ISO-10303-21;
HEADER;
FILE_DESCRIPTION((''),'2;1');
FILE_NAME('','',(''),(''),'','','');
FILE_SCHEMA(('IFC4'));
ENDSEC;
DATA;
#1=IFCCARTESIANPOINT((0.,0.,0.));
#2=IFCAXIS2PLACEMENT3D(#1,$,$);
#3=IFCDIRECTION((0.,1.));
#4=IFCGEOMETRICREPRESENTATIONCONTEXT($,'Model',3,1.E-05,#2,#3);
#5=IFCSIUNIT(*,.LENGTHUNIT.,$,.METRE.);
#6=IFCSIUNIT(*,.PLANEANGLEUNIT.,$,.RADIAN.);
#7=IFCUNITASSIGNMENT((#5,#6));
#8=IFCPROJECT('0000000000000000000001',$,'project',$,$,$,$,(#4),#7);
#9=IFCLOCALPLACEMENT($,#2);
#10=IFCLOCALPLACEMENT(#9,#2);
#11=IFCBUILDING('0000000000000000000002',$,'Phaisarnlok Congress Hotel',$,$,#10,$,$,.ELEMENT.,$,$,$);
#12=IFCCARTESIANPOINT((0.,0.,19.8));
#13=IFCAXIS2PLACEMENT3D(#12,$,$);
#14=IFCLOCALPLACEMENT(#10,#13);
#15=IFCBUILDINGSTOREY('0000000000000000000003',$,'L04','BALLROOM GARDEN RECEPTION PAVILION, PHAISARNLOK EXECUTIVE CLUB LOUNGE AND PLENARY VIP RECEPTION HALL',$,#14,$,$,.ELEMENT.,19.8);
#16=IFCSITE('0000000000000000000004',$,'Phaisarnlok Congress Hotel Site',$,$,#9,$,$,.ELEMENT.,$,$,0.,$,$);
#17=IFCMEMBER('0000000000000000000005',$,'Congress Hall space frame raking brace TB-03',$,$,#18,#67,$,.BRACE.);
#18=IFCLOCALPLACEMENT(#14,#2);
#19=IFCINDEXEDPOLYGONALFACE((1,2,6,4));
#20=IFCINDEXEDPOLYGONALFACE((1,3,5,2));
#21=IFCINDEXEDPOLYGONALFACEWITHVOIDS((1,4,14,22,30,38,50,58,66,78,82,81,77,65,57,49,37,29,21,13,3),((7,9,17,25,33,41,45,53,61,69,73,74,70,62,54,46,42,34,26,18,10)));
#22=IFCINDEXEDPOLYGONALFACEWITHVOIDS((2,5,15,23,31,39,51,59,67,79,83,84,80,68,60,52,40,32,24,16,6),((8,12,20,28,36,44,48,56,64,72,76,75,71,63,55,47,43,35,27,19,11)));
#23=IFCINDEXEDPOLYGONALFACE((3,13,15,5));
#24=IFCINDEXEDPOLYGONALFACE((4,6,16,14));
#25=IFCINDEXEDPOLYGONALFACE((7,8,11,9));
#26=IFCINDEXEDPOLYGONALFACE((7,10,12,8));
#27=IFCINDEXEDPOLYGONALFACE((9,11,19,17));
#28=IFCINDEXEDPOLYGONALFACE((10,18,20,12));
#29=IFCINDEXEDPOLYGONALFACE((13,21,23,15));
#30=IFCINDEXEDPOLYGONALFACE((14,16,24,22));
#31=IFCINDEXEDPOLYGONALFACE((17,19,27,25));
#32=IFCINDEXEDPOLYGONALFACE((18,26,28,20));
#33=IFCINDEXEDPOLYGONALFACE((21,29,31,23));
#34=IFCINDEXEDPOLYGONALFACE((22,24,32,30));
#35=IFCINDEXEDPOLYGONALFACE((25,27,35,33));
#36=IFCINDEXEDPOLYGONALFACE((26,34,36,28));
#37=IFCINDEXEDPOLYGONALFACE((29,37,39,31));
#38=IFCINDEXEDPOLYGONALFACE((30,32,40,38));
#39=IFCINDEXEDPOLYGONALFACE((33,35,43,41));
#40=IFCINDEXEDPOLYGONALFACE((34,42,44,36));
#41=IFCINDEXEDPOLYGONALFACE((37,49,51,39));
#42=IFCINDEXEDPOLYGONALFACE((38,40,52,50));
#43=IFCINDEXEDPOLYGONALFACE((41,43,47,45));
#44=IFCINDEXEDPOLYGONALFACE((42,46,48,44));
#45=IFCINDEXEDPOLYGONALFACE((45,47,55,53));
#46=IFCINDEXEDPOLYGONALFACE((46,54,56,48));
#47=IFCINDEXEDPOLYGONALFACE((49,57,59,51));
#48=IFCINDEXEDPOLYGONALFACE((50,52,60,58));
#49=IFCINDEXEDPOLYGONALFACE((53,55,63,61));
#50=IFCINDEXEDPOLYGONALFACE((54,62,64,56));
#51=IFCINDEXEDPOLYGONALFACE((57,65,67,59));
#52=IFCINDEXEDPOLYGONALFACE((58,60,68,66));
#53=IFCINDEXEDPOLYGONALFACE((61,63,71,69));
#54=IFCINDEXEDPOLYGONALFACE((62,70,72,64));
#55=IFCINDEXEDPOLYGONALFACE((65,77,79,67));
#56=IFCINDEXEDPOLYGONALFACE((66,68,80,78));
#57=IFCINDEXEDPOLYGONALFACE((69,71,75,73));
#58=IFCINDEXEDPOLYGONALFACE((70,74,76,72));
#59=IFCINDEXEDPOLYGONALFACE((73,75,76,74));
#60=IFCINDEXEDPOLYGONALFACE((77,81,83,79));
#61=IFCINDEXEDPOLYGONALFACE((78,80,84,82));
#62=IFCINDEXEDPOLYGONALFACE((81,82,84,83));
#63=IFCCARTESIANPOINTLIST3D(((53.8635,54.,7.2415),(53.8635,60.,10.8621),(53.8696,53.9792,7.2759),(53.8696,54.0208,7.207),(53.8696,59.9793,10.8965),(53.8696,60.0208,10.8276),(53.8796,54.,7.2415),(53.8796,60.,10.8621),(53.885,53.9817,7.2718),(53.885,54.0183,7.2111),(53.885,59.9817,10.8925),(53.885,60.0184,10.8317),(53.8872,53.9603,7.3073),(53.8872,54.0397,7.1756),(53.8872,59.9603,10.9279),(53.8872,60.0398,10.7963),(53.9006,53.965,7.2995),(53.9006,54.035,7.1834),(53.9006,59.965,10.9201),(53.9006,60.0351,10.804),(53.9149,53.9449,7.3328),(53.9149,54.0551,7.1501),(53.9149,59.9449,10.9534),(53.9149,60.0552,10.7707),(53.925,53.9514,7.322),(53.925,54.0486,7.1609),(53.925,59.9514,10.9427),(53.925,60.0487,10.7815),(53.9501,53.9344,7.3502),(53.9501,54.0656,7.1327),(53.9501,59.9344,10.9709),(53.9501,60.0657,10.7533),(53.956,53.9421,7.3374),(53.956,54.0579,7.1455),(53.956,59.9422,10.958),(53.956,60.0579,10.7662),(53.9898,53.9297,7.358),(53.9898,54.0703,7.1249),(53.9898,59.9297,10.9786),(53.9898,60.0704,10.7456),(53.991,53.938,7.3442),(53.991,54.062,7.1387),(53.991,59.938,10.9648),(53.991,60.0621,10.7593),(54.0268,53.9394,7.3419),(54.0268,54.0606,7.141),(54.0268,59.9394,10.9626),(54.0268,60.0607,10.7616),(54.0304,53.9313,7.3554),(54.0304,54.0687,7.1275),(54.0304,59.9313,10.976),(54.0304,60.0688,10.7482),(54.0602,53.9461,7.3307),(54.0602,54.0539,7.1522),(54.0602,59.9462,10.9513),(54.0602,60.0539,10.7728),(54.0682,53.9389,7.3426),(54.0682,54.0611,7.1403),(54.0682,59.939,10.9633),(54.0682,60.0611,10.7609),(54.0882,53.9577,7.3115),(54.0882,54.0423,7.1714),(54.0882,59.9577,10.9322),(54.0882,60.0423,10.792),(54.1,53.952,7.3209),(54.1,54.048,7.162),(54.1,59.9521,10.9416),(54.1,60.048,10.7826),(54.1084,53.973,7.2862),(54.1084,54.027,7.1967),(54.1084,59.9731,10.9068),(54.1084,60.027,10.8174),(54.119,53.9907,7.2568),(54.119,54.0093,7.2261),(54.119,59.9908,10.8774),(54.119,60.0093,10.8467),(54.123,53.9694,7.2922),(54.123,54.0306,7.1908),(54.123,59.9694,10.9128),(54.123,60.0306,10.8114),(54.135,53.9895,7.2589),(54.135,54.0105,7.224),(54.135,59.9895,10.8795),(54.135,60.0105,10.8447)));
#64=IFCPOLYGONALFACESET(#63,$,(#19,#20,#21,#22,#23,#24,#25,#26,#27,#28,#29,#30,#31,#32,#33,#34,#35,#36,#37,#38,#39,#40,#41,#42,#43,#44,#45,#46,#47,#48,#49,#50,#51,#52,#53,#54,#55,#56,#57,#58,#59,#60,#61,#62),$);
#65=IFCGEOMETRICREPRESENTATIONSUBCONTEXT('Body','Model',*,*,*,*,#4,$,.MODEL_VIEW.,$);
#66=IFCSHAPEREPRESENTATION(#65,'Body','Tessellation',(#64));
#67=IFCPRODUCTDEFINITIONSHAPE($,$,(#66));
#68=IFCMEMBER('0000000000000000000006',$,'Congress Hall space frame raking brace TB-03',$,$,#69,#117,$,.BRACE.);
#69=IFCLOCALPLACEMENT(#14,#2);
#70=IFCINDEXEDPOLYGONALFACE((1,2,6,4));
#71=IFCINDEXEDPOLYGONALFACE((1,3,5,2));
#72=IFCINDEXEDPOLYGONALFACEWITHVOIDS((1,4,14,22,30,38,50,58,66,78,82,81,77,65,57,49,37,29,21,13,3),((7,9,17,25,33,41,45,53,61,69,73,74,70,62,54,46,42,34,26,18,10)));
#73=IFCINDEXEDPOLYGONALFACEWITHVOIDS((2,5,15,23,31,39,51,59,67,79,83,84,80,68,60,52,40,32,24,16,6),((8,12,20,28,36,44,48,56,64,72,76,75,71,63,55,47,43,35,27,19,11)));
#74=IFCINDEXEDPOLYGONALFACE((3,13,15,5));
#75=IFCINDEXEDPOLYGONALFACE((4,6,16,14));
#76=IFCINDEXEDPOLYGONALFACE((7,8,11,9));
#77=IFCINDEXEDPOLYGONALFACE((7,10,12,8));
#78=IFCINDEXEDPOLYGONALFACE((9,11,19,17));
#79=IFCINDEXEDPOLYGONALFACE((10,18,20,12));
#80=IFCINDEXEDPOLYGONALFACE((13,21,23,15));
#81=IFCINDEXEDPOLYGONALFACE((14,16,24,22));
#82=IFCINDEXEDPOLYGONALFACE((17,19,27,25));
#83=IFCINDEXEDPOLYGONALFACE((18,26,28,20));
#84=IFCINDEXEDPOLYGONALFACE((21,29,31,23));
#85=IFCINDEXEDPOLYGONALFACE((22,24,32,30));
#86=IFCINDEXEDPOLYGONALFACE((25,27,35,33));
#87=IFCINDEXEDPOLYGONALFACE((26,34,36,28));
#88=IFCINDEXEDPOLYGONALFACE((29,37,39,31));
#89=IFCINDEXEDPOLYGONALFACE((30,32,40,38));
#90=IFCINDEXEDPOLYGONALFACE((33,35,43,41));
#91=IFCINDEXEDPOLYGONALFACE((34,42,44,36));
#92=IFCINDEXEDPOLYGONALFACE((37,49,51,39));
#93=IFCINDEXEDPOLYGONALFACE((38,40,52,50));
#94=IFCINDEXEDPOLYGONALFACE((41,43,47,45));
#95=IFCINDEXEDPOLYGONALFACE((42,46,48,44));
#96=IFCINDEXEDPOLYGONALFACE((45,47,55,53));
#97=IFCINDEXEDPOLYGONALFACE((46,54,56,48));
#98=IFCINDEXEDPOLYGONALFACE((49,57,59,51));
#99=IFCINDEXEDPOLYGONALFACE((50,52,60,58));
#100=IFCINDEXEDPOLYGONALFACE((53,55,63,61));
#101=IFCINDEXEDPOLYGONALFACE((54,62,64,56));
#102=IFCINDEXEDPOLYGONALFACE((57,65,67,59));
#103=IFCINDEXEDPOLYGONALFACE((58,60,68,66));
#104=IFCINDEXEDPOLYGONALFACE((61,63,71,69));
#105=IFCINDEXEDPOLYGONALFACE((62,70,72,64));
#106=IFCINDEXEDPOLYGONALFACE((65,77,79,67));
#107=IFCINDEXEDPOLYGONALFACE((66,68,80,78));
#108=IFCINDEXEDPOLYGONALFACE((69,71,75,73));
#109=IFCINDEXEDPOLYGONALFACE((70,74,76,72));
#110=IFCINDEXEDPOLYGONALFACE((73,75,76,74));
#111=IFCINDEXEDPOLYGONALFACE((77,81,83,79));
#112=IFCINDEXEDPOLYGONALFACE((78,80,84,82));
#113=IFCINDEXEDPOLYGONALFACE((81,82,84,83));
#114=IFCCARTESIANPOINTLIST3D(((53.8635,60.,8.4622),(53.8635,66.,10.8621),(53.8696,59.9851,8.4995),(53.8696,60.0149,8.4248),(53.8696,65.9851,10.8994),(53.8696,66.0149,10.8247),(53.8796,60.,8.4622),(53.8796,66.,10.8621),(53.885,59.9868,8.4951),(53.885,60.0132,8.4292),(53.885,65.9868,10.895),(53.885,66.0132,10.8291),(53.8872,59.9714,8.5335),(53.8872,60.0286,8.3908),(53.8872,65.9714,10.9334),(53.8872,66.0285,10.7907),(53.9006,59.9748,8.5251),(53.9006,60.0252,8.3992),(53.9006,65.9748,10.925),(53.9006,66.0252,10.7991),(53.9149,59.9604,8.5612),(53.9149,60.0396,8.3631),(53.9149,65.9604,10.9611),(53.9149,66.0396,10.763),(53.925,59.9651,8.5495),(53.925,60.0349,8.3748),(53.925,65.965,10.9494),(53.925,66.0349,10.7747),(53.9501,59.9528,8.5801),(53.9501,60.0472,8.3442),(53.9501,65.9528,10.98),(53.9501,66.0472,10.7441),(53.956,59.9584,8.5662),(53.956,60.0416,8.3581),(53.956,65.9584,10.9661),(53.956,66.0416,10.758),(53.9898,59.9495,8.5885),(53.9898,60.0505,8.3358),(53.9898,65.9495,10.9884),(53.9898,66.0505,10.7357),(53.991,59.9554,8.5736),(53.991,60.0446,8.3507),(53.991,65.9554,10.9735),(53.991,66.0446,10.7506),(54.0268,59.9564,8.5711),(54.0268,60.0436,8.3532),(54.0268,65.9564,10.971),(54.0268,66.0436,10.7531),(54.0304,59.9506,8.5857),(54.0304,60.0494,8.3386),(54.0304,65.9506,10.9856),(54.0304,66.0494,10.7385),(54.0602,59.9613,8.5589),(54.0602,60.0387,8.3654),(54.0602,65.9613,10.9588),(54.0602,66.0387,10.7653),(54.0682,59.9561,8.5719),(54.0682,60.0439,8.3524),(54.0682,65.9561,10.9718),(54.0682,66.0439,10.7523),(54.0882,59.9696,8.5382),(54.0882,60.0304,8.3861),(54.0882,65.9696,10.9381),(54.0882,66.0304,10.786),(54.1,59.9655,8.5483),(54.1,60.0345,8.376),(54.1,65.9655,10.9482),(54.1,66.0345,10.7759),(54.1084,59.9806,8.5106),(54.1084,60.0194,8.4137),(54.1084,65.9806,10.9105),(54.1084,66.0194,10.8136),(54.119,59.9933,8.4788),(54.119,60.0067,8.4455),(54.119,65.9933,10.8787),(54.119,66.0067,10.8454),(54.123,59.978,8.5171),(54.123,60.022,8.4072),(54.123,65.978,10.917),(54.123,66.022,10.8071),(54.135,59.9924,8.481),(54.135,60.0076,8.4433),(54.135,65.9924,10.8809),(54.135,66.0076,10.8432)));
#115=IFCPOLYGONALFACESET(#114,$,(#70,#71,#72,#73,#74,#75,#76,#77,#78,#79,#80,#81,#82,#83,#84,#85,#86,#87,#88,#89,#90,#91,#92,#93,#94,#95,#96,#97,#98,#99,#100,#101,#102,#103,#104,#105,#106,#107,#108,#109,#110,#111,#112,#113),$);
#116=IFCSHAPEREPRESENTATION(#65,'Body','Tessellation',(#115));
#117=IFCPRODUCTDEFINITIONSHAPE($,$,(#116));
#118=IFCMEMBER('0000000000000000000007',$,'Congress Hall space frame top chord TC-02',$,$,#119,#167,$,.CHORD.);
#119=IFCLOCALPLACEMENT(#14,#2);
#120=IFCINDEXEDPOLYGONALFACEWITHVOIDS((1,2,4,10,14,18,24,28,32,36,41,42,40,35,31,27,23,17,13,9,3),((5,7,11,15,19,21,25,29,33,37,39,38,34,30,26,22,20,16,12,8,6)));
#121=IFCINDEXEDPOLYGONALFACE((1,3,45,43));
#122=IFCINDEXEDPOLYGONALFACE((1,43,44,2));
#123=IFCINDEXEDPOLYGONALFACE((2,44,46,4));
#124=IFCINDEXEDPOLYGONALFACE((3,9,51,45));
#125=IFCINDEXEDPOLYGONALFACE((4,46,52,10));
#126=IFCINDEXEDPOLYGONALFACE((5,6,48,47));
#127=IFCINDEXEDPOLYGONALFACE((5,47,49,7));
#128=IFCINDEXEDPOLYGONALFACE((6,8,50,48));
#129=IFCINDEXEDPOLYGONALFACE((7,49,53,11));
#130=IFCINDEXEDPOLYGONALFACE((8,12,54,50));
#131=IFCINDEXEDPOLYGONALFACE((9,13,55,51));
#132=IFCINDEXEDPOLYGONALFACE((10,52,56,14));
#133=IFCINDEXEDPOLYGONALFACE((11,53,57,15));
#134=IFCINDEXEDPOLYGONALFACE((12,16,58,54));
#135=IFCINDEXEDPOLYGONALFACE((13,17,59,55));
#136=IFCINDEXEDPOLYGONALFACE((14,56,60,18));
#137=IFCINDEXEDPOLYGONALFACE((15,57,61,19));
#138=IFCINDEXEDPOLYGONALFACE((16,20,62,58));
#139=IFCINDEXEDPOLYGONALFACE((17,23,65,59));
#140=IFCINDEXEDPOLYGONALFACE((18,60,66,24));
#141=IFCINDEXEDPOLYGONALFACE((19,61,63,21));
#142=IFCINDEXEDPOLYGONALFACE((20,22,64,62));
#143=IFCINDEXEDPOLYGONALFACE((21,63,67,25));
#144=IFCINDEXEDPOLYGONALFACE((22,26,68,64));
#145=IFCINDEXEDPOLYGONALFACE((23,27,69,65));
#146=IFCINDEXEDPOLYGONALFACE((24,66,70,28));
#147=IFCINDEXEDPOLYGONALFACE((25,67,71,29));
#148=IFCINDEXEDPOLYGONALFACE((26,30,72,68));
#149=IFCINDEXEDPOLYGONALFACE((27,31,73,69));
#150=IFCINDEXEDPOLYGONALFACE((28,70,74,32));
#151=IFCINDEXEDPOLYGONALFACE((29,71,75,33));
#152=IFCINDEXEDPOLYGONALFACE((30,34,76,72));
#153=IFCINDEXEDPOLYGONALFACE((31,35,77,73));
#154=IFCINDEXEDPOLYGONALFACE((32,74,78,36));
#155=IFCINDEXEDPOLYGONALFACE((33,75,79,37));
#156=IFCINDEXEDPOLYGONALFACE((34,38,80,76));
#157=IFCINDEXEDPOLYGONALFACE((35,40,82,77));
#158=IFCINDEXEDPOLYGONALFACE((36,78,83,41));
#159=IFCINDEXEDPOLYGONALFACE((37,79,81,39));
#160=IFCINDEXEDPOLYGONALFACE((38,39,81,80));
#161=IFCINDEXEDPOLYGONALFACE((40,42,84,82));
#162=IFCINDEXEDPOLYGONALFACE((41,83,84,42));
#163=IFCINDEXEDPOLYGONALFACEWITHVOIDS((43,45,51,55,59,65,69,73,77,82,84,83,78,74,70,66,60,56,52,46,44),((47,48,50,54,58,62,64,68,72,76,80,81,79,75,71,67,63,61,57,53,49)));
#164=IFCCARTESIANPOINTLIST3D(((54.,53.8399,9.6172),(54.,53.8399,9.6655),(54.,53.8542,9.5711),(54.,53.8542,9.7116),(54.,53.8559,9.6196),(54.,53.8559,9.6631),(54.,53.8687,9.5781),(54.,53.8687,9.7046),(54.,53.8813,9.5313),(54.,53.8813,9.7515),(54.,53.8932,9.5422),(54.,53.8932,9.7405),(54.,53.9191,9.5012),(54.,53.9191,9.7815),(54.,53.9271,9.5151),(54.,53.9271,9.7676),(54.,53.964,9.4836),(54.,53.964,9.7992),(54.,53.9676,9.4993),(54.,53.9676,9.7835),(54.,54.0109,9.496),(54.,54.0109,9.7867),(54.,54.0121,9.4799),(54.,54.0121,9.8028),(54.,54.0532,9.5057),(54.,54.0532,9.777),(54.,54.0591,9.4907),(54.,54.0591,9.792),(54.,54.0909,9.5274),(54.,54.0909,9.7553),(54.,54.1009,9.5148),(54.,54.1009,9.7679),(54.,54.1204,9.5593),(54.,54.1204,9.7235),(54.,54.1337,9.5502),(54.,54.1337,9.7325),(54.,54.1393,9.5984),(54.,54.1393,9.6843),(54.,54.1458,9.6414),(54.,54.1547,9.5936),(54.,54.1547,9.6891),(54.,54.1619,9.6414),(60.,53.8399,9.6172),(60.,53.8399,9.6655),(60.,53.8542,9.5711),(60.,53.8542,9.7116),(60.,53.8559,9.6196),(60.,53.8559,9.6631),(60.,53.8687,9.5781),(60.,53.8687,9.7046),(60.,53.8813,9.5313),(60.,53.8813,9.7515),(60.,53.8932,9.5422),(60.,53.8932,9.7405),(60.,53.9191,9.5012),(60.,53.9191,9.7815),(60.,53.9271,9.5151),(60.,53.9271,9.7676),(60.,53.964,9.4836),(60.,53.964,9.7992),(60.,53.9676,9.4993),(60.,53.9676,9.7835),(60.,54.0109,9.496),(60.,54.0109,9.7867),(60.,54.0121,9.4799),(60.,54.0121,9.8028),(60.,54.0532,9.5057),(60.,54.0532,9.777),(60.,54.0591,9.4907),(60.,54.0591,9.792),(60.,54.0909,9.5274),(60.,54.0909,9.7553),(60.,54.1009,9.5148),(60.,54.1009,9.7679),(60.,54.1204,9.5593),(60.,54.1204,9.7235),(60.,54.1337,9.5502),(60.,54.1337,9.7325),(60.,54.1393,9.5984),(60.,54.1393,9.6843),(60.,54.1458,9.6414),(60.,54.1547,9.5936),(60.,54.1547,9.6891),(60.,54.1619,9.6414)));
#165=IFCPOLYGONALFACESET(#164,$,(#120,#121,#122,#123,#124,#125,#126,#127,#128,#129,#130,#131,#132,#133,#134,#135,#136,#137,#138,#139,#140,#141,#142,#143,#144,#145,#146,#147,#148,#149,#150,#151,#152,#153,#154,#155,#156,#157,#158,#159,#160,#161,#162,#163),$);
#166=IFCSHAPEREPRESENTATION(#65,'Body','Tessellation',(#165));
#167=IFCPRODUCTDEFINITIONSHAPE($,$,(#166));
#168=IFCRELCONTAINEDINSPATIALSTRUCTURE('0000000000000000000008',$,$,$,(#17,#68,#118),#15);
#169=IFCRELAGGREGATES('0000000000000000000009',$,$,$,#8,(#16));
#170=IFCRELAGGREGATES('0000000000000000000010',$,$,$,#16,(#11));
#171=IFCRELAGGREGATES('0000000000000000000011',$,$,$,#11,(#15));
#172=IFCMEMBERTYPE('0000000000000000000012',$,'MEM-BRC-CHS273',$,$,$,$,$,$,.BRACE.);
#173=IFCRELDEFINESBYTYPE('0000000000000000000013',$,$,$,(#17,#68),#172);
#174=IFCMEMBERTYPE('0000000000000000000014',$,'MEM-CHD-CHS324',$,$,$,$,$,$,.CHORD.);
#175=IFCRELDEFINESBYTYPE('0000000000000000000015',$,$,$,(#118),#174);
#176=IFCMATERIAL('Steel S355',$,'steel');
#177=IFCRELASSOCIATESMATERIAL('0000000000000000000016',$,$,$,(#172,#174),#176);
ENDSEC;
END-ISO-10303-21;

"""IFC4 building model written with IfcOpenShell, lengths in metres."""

from ifc_helpers import new_model, si_unit, direction, frame, origin, origin_2d, place, context, subcontext, project, spatial, hollow_circle, extrude, material, material_profile, profile_set, type_object, element, save


model = new_model("IFC4")

# Units and contexts
model_context = context("Model", 3, precision=1e-05, world=origin(), true_north=direction((0.0, 1.0)))
body_context = subcontext(model_context, "Body", "Model", "MODEL_VIEW")
ifc_project = project(units=[si_unit("LENGTHUNIT", "METRE"), si_unit("PLANEANGLEUNIT", "RADIAN")], contexts=[model_context])

# Site, building, storey
site_placement = place(None, origin())
site = spatial("IfcSite", under=ifc_project, at=site_placement, Name="Phaisarnlok Congress Hotel Site", CompositionType="ELEMENT", RefElevation=0.0)
building_placement = place(site_placement, origin())
building = spatial("IfcBuilding", under=site, at=building_placement, Name="Phaisarnlok Congress Hotel", CompositionType="ELEMENT")
storey_placement = place(building_placement, frame((0.0, 0.0, 19.8)))
storey = spatial("IfcBuildingStorey", under=building, at=storey_placement, Name="L04", Description="BALLROOM GARDEN RECEPTION PAVILION, PHAISARNLOK EXECUTIVE CLUB LOUNGE AND PLENARY VIP RECEPTION HALL", CompositionType="ELEMENT", Elevation=19.8)

# Members
ifc_material = material(Name="Steel S355", Category="steel")
ifc_material_profile_1 = material_profile(ifc_material, hollow_circle(Radius=0.1365, WallThickness=0.0161, at=origin_2d()), Name="CHS 273x16")
ifc_profile_set_1 = profile_set([ifc_material_profile_1], Name="Steel S355")
member_type_1 = type_object("IfcMemberType", Name="MEM-BRC-CHS273", PredefinedType="BRACE", material=ifc_profile_set_1)
member_1_placement = place(storey_placement, frame((54.0, 54.0, 7.2415), z_axis=(0.0, 0.856193, 0.516656), x_axis=(-1.0, 0.0, 0.0)))
element("IfcMember", 1, at=member_1_placement, inside=storey, type_object=member_type_1, Name="Congress Hall space frame raking brace TB-03", PredefinedType="BRACE", context=body_context, shape_type="SweptSolid", body=[
    extrude(hollow_circle(Radius=0.1365, WallThickness=0.0161, at=origin_2d()), origin(), (0.0, 0.0, 1.0), 7.0078),
])
member_2_placement = place(storey_placement, frame((54.0, 60.0, 8.4622), z_axis=(0.0, 0.928482, 0.371378), x_axis=(-1.0, 0.0, 0.0)))
element("IfcMember", 2, at=member_2_placement, inside=storey, type_object=member_type_1, Name="Congress Hall space frame raking brace TB-03", PredefinedType="BRACE", context=body_context, shape_type="SweptSolid", body=[
    extrude(hollow_circle(Radius=0.1365, WallThickness=0.0161, at=origin_2d()), origin(), (0.0, 0.0, 1.0), 6.4622),
])
ifc_material_profile_2 = material_profile(ifc_material, hollow_circle(Radius=0.1619, WallThickness=0.0161, at=origin_2d()), Name="CHS 323.9x16")
ifc_profile_set_2 = profile_set([ifc_material_profile_2], Name="Steel S355")
member_type_2 = type_object("IfcMemberType", Name="MEM-CHD-CHS324", PredefinedType="CHORD", material=ifc_profile_set_2)
member_3_placement = place(storey_placement, frame((54.0, 54.0, 9.6414), z_axis=(1.0, 0.0, 0.0), x_axis=(0.0, 1.0, 0.0)))
element("IfcMember", 3, at=member_3_placement, inside=storey, type_object=member_type_2, Name="Congress Hall space frame top chord TC-02", PredefinedType="CHORD", context=body_context, shape_type="SweptSolid", body=[
    extrude(hollow_circle(Radius=0.1619, WallThickness=0.0161, at=origin_2d()), origin(), (0.0, 0.0, 1.0), 6.0),
])

save(model, "model.ifc")
